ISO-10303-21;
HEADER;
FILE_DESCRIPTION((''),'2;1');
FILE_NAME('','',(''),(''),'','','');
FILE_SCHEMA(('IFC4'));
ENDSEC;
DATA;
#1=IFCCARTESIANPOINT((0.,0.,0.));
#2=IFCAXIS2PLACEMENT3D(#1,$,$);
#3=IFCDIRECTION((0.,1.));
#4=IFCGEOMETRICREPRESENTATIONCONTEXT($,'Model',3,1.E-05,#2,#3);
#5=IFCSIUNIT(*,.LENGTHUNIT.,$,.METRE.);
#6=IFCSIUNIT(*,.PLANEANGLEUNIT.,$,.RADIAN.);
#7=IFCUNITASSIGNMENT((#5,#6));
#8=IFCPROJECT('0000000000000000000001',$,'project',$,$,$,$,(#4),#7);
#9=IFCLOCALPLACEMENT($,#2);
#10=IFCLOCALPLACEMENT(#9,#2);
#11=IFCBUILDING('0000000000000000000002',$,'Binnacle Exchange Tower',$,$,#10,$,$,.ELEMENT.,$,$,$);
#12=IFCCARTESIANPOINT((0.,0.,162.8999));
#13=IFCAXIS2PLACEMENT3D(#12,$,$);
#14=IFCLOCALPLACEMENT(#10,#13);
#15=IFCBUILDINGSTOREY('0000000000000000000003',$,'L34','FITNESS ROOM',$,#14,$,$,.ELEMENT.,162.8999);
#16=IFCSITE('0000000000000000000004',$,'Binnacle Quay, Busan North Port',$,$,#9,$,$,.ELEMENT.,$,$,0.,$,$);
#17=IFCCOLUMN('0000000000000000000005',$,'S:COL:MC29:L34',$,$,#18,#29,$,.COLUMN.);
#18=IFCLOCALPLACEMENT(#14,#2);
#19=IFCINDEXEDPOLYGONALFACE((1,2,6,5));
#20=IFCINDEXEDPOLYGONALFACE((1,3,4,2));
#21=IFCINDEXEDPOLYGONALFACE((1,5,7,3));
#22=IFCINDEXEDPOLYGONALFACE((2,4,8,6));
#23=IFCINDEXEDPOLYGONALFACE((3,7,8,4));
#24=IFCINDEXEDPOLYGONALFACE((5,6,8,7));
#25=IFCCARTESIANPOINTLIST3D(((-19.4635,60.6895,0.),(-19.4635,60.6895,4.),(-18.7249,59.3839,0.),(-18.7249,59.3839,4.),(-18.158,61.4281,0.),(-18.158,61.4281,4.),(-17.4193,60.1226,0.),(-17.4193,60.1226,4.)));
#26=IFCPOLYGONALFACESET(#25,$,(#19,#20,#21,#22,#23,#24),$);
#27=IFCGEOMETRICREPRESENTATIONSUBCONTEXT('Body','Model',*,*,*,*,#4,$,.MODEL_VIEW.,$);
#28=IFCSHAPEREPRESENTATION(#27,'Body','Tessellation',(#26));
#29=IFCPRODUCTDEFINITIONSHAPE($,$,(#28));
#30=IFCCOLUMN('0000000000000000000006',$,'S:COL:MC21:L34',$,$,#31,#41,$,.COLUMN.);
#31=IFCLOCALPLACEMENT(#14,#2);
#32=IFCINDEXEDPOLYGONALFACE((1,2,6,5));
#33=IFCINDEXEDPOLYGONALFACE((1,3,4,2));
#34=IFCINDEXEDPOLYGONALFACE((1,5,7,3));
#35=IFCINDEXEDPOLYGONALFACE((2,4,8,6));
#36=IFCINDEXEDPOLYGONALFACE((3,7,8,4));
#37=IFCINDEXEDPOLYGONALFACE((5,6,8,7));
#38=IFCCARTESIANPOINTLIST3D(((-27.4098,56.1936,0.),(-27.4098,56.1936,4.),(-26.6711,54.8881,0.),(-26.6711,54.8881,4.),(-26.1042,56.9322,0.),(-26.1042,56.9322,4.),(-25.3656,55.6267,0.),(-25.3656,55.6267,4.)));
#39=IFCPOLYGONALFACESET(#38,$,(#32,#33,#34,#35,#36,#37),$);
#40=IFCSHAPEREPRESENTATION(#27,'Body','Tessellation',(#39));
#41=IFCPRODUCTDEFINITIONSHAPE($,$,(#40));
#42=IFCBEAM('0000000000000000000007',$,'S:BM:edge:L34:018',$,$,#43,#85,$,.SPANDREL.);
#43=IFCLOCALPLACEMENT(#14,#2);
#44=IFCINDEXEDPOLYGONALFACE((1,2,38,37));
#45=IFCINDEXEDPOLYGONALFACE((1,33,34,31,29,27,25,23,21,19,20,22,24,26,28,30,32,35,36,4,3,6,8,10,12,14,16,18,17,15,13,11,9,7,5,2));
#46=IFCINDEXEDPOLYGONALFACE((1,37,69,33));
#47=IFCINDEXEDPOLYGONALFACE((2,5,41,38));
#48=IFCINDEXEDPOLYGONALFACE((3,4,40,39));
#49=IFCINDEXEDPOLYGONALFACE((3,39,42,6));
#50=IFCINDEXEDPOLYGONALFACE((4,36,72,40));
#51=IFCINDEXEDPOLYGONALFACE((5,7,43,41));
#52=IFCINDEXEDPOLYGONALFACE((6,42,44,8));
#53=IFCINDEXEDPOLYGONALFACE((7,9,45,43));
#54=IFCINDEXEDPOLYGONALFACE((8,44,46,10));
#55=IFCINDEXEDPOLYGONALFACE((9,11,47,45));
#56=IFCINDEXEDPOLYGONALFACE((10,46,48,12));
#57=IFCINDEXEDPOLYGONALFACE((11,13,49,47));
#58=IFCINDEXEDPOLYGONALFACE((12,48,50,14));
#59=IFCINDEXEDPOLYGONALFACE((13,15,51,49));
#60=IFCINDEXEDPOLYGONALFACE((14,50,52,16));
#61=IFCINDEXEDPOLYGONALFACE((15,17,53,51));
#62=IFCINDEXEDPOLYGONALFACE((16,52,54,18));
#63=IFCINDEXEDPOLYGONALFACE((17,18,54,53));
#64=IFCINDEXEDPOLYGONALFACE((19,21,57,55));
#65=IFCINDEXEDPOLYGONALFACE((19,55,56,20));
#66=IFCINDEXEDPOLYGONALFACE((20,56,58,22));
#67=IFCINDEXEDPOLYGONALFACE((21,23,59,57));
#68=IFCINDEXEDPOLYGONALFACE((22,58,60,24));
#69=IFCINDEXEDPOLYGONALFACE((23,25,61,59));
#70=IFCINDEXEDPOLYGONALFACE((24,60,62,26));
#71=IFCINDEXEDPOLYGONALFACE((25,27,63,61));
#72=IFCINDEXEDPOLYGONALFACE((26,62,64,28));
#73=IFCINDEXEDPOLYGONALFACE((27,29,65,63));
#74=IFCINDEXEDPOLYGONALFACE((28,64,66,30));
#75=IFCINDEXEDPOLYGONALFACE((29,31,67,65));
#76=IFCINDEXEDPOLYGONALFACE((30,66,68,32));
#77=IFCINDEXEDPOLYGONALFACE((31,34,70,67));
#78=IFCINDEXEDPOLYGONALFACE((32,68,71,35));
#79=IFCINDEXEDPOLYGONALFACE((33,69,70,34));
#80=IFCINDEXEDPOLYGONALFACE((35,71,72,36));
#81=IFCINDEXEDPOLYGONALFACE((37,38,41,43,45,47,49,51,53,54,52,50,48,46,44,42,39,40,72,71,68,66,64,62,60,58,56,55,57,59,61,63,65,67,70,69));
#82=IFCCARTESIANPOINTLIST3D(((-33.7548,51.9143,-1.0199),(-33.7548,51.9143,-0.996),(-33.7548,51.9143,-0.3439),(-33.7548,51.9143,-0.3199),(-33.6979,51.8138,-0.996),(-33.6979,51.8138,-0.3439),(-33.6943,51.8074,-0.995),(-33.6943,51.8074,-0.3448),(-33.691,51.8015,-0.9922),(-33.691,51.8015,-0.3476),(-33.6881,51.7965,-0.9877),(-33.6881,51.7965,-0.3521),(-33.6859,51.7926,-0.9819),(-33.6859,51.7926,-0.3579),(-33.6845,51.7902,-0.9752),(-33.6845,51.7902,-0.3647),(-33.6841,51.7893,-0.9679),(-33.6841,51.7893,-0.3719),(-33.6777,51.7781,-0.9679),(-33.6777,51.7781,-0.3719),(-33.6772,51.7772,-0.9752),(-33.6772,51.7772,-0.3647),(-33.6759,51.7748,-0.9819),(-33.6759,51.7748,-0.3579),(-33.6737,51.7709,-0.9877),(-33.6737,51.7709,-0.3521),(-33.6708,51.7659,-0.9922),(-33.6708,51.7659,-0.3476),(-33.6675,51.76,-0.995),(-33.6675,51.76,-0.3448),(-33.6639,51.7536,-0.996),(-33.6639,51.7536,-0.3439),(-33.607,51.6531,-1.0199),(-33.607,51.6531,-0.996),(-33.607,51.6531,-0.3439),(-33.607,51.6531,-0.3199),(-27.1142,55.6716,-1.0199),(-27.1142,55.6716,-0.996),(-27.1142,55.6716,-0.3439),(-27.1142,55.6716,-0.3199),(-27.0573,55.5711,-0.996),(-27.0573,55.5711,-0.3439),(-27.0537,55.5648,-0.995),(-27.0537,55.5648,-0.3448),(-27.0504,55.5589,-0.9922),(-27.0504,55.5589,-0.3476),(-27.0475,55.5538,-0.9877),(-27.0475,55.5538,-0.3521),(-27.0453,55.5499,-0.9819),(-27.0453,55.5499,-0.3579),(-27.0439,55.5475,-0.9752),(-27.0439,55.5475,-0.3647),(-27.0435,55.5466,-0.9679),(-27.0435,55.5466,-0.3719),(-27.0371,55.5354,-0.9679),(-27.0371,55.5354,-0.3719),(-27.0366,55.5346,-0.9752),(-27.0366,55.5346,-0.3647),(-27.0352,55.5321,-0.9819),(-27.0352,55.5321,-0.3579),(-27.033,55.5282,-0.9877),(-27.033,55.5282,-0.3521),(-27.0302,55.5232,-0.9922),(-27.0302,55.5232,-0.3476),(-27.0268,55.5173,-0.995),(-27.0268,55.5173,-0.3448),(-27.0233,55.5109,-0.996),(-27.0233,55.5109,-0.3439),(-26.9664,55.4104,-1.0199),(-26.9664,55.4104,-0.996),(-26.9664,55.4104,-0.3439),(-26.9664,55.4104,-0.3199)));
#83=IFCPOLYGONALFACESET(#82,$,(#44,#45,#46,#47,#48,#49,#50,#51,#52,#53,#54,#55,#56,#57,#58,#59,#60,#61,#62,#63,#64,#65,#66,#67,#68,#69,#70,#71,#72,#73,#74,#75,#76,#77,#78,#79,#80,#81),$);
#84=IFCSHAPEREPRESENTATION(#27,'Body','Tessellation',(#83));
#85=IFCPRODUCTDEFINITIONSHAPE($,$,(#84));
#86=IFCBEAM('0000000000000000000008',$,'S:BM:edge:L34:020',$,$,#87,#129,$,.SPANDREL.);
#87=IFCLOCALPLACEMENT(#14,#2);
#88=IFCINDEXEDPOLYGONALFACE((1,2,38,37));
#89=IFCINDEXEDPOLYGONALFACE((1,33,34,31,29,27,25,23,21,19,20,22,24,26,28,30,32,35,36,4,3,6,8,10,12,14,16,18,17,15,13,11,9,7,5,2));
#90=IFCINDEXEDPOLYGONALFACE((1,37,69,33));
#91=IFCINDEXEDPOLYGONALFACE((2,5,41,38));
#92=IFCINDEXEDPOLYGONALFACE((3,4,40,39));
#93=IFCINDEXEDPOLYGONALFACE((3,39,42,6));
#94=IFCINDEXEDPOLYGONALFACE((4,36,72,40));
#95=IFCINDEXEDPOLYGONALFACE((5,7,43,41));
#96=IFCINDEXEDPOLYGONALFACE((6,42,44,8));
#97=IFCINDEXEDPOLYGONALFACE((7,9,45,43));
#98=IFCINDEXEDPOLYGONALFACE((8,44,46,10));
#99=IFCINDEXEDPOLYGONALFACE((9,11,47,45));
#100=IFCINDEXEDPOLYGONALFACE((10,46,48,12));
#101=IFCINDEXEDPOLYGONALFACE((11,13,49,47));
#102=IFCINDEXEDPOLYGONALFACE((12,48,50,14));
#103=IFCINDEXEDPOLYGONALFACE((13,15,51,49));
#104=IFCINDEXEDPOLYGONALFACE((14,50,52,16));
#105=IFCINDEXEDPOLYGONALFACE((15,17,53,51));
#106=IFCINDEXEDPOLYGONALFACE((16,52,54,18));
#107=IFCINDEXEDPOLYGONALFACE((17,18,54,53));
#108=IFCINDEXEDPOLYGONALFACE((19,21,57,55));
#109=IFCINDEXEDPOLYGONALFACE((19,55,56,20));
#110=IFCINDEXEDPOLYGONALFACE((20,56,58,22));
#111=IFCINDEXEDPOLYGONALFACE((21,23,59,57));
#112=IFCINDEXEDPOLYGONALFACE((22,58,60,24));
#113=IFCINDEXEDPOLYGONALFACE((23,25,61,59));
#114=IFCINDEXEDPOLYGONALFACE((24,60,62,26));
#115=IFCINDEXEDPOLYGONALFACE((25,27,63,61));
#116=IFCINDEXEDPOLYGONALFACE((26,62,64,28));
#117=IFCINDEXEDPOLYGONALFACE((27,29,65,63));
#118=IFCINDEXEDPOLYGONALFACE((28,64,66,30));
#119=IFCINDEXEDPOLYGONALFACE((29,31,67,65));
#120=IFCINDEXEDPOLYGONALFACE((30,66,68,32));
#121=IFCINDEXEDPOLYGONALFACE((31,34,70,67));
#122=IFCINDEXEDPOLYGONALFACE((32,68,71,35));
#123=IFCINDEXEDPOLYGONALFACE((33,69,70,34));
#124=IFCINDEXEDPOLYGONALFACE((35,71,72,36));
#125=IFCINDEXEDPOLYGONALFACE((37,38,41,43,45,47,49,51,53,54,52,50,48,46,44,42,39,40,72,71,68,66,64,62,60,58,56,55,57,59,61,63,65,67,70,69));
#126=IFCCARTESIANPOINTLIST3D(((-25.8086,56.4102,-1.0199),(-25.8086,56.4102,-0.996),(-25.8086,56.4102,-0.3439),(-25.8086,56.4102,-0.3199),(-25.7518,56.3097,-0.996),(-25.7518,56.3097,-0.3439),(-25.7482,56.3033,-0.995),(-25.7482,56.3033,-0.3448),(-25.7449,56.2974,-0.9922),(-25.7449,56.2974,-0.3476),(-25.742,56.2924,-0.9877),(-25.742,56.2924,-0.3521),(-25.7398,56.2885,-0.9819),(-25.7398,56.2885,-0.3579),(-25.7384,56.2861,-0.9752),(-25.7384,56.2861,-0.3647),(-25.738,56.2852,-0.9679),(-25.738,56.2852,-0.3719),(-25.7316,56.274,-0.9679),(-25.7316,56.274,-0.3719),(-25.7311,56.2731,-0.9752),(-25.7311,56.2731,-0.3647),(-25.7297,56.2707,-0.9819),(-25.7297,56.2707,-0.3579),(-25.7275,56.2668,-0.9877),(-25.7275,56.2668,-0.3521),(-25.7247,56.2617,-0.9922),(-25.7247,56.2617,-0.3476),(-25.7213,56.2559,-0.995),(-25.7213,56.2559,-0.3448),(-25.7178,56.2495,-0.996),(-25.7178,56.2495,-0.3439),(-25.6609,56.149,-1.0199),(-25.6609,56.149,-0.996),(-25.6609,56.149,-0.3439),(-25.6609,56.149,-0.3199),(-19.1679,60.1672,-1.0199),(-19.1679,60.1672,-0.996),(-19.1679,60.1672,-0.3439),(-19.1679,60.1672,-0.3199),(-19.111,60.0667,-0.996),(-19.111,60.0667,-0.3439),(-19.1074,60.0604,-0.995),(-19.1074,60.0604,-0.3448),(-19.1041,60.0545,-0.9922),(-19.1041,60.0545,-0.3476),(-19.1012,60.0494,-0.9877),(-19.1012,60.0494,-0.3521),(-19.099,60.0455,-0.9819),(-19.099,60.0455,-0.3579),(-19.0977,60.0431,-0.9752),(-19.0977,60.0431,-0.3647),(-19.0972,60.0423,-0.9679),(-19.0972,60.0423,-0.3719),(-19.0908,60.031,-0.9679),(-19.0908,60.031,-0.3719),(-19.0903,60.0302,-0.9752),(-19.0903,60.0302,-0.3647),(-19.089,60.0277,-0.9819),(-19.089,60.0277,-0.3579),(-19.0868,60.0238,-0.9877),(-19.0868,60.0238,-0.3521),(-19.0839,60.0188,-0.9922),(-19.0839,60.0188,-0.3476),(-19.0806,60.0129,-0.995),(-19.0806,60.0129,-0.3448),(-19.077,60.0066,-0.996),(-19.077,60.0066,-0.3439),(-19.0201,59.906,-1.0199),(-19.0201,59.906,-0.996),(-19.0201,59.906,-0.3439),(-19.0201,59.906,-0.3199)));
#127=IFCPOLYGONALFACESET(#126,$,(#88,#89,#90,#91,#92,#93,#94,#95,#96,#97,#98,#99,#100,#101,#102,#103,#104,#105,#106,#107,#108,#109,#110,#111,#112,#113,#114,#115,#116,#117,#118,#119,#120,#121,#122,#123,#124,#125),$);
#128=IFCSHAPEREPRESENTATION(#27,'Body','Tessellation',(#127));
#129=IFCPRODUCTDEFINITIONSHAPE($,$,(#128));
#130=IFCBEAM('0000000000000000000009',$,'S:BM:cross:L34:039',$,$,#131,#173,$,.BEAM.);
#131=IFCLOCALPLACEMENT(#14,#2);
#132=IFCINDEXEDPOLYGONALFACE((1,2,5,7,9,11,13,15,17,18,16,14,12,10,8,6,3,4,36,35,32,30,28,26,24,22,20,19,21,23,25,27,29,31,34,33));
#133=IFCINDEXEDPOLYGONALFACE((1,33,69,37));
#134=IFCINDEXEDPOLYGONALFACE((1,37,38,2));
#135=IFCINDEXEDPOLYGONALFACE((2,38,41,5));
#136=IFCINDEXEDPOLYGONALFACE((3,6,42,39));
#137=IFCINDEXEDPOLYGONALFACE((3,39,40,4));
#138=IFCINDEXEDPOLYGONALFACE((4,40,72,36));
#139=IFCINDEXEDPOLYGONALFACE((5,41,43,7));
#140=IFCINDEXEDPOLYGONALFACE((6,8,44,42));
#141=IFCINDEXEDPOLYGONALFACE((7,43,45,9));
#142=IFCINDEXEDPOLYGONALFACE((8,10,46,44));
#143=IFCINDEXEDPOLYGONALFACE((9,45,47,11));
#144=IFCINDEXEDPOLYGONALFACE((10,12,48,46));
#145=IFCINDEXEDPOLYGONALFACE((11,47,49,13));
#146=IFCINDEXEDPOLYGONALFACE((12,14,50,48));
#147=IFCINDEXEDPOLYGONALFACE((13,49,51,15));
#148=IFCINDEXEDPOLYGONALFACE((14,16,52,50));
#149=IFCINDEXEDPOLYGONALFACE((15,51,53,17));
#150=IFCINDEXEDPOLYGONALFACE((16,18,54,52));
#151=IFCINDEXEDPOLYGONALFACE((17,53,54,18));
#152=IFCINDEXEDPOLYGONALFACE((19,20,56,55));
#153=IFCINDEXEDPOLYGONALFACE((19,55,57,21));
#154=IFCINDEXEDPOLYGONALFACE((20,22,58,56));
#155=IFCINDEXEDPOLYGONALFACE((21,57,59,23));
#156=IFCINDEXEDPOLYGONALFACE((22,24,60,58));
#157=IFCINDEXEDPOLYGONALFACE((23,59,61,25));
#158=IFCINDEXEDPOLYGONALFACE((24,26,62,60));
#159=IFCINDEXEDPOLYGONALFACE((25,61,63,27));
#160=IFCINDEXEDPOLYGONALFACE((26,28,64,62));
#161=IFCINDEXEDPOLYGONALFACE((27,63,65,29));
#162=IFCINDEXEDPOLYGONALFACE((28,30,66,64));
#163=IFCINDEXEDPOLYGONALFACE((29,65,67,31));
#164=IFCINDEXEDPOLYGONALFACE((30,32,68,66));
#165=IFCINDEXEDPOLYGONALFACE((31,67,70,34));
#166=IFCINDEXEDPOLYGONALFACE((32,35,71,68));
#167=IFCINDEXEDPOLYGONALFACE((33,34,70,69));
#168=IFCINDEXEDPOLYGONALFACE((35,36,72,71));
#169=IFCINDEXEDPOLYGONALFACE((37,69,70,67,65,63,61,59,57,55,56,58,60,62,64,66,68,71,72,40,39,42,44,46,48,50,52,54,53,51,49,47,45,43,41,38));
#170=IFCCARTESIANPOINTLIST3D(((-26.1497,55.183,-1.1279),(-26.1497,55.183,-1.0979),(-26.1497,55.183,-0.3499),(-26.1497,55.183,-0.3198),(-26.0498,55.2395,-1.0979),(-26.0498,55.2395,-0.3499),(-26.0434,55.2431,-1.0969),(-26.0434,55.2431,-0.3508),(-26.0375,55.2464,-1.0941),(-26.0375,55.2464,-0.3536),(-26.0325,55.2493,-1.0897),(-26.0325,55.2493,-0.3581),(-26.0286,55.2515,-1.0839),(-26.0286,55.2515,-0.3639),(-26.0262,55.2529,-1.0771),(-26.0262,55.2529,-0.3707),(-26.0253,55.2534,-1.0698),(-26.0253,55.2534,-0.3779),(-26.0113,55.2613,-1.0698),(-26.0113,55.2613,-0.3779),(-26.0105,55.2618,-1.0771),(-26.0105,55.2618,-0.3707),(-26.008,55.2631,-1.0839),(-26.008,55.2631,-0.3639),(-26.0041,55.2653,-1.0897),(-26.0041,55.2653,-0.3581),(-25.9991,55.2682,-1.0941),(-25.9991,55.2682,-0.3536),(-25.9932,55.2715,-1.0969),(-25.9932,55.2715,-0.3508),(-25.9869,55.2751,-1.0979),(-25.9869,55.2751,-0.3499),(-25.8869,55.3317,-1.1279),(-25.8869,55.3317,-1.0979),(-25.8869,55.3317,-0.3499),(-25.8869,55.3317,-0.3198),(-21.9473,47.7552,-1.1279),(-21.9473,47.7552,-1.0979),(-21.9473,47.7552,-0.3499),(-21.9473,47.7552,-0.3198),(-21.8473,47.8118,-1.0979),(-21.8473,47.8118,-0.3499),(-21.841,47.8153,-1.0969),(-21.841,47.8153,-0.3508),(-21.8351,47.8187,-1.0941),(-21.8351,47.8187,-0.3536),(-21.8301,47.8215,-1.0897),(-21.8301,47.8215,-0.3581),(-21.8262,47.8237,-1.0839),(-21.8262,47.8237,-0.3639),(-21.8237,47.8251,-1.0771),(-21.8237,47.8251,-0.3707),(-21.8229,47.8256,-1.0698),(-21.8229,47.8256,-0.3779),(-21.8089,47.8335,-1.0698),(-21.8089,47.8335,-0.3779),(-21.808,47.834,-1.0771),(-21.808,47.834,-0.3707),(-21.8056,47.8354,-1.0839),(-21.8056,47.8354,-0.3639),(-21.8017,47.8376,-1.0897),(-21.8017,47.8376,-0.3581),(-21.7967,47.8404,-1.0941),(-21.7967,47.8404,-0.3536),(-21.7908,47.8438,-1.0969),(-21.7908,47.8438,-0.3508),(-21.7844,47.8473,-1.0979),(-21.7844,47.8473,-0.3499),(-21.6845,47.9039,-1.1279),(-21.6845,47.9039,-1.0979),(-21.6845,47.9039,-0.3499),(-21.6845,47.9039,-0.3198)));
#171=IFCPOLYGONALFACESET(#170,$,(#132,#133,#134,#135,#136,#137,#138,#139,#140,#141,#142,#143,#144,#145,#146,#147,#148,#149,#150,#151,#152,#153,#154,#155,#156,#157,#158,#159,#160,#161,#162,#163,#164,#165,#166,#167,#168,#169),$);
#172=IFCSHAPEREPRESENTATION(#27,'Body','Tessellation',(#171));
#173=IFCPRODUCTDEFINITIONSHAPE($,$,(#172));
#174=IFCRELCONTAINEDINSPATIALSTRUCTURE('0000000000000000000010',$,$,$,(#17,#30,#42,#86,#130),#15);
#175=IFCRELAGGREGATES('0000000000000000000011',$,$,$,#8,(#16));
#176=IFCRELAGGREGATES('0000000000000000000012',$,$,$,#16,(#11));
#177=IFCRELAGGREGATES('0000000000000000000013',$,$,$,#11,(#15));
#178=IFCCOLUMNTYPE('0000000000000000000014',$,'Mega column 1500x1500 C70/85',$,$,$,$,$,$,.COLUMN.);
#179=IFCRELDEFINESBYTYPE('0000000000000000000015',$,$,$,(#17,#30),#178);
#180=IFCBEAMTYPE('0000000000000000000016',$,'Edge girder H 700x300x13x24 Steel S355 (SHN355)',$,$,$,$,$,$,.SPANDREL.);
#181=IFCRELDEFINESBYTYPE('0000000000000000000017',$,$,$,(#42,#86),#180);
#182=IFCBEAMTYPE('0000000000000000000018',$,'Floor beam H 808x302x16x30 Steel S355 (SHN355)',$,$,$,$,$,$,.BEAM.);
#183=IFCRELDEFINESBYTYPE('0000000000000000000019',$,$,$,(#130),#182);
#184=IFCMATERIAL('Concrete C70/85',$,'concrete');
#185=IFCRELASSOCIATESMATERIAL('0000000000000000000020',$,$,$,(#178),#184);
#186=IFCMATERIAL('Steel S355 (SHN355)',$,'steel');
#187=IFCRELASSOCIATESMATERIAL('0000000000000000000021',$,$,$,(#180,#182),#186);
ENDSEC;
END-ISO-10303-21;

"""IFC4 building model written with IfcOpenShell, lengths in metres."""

from ifc_helpers import new_model, si_unit, direction, frame, origin, origin_2d, place, context, subcontext, project, spatial, rectangle, i_section, extrude, material, material_profile, profile_set, type_object, element, save


model = new_model("IFC4")

# Units and contexts
model_context = context("Model", 3, precision=1e-05, world=origin(), true_north=direction((0.0, 1.0)))
body_context = subcontext(model_context, "Body", "Model", "MODEL_VIEW")
ifc_project = project(units=[si_unit("LENGTHUNIT", "METRE"), si_unit("PLANEANGLEUNIT", "RADIAN")], contexts=[model_context])

# Site, building, storey
site_placement = place(None, origin())
site = spatial("IfcSite", under=ifc_project, at=site_placement, Name="Binnacle Quay, Busan North Port", CompositionType="ELEMENT", RefElevation=0.0)
building_placement = place(site_placement, origin())
building = spatial("IfcBuilding", under=site, at=building_placement, Name="Binnacle Exchange Tower", CompositionType="ELEMENT")
storey_placement = place(building_placement, frame((0.0, 0.0, 162.8999)))
storey = spatial("IfcBuildingStorey", under=building, at=storey_placement, Name="L34", Description="FITNESS ROOM", CompositionType="ELEMENT", Elevation=162.8999)

# Columns
ifc_material_1 = material(Name="Concrete C70/85", Category="concrete")
ifc_material_profile_1 = material_profile(ifc_material_1, rectangle(XDim=1.5, YDim=1.5, at=origin_2d()), Name="Mega column 1500x1500 C70/85")
ifc_profile_set_1 = profile_set([ifc_material_profile_1], Name="Concrete C70/85")
column_type = type_object("IfcColumnType", Name="Mega column 1500x1500 C70/85", PredefinedType="COLUMN", material=ifc_profile_set_1)
for number, where, z_axis, x_axis, name in (
    (1, (-18.4414, 60.406, 0.0), (0.0, 0.0, 1.0), (-0.870356, -0.492424, 0.0), "S:COL:MC29:L34"),
    (2, (-26.3877, 55.9102, 0.0), (0.0, 0.0, 1.0), (-0.870356, -0.492424, 0.0), "S:COL:MC21:L34"),
):
    element("IfcColumn", number, at=place(storey_placement, frame(where, z_axis=z_axis, x_axis=x_axis)), inside=storey, type_object=column_type, Name=name, PredefinedType="COLUMN", context=body_context, shape_type="SweptSolid", body=[
        extrude(rectangle(XDim=1.5, YDim=1.5, at=origin_2d()), origin(), (0.0, 0.0, 1.0), 4.0),
    ])

# Beams
ifc_material_2 = material(Name="Steel S355 (SHN355)", Category="steel")
ifc_material_profile_2 = material_profile(ifc_material_2, i_section(OverallWidth=0.3, OverallDepth=0.7, WebThickness=0.0129, FlangeThickness=0.0239, FilletRadius=0.0281, at=origin_2d()), Name="H 700x300x13x24")
ifc_profile_set_2 = profile_set([ifc_material_profile_2], Name="Steel S355 (SHN355)")
beam_type_1 = type_object("IfcBeamType", Name="Edge girder H 700x300x13x24 Steel S355 (SHN355)", PredefinedType="SPANDREL", material=ifc_profile_set_2)
for number, where, z_axis, x_axis, name in (
    (3, (-27.0403, 55.541, -0.6699), (-0.870342, -0.492447, 0.0), (0.492447, -0.870342, 0.0), "S:BM:edge:L34:018"),
    (4, (-19.094, 60.0366, -0.6699), (-0.870364, -0.492409, 0.0), (0.492409, -0.870364, 0.0), "S:BM:edge:L34:020"),
):
    element("IfcBeam", number, at=place(storey_placement, frame(where, z_axis=z_axis, x_axis=x_axis)), inside=storey, type_object=beam_type_1, Name=name, PredefinedType="SPANDREL", context=body_context, shape_type="SweptSolid", body=[
        extrude(i_section(OverallWidth=0.3, OverallDepth=0.7, WebThickness=0.0129, FlangeThickness=0.0239, FilletRadius=0.0281, at=origin_2d()), origin(), (0.0, 0.0, 1.0), 7.6299),
    ])
ifc_material_profile_3 = material_profile(ifc_material_2, i_section(OverallWidth=0.302, OverallDepth=0.8081, WebThickness=0.0161, FlangeThickness=0.03, FilletRadius=0.0281, at=origin_2d()), Name="H 808x302x16x30")
ifc_profile_set_3 = profile_set([ifc_material_profile_3], Name="Steel S355 (SHN355)")
beam_type_2 = type_object("IfcBeamType", Name="Floor beam H 808x302x16x30 Steel S355 (SHN355)", PredefinedType="BEAM", material=ifc_profile_set_3)
beam_1_placement = place(storey_placement, frame((-26.0183, 55.2573, -0.7239), z_axis=(0.492422, -0.870357, 0.0), x_axis=(0.870357, 0.492422, 0.0)))
element("IfcBeam", 5, at=beam_1_placement, inside=storey, type_object=beam_type_2, Name="S:BM:cross:L34:039", PredefinedType="BEAM", context=body_context, shape_type="SweptSolid", body=[
    extrude(i_section(OverallWidth=0.302, OverallDepth=0.8081, WebThickness=0.0161, FlangeThickness=0.03, FilletRadius=0.0281, at=origin_2d()), origin(), (0.0, 0.0, 1.0), 8.5342),
])

save(model, "model.ifc")
